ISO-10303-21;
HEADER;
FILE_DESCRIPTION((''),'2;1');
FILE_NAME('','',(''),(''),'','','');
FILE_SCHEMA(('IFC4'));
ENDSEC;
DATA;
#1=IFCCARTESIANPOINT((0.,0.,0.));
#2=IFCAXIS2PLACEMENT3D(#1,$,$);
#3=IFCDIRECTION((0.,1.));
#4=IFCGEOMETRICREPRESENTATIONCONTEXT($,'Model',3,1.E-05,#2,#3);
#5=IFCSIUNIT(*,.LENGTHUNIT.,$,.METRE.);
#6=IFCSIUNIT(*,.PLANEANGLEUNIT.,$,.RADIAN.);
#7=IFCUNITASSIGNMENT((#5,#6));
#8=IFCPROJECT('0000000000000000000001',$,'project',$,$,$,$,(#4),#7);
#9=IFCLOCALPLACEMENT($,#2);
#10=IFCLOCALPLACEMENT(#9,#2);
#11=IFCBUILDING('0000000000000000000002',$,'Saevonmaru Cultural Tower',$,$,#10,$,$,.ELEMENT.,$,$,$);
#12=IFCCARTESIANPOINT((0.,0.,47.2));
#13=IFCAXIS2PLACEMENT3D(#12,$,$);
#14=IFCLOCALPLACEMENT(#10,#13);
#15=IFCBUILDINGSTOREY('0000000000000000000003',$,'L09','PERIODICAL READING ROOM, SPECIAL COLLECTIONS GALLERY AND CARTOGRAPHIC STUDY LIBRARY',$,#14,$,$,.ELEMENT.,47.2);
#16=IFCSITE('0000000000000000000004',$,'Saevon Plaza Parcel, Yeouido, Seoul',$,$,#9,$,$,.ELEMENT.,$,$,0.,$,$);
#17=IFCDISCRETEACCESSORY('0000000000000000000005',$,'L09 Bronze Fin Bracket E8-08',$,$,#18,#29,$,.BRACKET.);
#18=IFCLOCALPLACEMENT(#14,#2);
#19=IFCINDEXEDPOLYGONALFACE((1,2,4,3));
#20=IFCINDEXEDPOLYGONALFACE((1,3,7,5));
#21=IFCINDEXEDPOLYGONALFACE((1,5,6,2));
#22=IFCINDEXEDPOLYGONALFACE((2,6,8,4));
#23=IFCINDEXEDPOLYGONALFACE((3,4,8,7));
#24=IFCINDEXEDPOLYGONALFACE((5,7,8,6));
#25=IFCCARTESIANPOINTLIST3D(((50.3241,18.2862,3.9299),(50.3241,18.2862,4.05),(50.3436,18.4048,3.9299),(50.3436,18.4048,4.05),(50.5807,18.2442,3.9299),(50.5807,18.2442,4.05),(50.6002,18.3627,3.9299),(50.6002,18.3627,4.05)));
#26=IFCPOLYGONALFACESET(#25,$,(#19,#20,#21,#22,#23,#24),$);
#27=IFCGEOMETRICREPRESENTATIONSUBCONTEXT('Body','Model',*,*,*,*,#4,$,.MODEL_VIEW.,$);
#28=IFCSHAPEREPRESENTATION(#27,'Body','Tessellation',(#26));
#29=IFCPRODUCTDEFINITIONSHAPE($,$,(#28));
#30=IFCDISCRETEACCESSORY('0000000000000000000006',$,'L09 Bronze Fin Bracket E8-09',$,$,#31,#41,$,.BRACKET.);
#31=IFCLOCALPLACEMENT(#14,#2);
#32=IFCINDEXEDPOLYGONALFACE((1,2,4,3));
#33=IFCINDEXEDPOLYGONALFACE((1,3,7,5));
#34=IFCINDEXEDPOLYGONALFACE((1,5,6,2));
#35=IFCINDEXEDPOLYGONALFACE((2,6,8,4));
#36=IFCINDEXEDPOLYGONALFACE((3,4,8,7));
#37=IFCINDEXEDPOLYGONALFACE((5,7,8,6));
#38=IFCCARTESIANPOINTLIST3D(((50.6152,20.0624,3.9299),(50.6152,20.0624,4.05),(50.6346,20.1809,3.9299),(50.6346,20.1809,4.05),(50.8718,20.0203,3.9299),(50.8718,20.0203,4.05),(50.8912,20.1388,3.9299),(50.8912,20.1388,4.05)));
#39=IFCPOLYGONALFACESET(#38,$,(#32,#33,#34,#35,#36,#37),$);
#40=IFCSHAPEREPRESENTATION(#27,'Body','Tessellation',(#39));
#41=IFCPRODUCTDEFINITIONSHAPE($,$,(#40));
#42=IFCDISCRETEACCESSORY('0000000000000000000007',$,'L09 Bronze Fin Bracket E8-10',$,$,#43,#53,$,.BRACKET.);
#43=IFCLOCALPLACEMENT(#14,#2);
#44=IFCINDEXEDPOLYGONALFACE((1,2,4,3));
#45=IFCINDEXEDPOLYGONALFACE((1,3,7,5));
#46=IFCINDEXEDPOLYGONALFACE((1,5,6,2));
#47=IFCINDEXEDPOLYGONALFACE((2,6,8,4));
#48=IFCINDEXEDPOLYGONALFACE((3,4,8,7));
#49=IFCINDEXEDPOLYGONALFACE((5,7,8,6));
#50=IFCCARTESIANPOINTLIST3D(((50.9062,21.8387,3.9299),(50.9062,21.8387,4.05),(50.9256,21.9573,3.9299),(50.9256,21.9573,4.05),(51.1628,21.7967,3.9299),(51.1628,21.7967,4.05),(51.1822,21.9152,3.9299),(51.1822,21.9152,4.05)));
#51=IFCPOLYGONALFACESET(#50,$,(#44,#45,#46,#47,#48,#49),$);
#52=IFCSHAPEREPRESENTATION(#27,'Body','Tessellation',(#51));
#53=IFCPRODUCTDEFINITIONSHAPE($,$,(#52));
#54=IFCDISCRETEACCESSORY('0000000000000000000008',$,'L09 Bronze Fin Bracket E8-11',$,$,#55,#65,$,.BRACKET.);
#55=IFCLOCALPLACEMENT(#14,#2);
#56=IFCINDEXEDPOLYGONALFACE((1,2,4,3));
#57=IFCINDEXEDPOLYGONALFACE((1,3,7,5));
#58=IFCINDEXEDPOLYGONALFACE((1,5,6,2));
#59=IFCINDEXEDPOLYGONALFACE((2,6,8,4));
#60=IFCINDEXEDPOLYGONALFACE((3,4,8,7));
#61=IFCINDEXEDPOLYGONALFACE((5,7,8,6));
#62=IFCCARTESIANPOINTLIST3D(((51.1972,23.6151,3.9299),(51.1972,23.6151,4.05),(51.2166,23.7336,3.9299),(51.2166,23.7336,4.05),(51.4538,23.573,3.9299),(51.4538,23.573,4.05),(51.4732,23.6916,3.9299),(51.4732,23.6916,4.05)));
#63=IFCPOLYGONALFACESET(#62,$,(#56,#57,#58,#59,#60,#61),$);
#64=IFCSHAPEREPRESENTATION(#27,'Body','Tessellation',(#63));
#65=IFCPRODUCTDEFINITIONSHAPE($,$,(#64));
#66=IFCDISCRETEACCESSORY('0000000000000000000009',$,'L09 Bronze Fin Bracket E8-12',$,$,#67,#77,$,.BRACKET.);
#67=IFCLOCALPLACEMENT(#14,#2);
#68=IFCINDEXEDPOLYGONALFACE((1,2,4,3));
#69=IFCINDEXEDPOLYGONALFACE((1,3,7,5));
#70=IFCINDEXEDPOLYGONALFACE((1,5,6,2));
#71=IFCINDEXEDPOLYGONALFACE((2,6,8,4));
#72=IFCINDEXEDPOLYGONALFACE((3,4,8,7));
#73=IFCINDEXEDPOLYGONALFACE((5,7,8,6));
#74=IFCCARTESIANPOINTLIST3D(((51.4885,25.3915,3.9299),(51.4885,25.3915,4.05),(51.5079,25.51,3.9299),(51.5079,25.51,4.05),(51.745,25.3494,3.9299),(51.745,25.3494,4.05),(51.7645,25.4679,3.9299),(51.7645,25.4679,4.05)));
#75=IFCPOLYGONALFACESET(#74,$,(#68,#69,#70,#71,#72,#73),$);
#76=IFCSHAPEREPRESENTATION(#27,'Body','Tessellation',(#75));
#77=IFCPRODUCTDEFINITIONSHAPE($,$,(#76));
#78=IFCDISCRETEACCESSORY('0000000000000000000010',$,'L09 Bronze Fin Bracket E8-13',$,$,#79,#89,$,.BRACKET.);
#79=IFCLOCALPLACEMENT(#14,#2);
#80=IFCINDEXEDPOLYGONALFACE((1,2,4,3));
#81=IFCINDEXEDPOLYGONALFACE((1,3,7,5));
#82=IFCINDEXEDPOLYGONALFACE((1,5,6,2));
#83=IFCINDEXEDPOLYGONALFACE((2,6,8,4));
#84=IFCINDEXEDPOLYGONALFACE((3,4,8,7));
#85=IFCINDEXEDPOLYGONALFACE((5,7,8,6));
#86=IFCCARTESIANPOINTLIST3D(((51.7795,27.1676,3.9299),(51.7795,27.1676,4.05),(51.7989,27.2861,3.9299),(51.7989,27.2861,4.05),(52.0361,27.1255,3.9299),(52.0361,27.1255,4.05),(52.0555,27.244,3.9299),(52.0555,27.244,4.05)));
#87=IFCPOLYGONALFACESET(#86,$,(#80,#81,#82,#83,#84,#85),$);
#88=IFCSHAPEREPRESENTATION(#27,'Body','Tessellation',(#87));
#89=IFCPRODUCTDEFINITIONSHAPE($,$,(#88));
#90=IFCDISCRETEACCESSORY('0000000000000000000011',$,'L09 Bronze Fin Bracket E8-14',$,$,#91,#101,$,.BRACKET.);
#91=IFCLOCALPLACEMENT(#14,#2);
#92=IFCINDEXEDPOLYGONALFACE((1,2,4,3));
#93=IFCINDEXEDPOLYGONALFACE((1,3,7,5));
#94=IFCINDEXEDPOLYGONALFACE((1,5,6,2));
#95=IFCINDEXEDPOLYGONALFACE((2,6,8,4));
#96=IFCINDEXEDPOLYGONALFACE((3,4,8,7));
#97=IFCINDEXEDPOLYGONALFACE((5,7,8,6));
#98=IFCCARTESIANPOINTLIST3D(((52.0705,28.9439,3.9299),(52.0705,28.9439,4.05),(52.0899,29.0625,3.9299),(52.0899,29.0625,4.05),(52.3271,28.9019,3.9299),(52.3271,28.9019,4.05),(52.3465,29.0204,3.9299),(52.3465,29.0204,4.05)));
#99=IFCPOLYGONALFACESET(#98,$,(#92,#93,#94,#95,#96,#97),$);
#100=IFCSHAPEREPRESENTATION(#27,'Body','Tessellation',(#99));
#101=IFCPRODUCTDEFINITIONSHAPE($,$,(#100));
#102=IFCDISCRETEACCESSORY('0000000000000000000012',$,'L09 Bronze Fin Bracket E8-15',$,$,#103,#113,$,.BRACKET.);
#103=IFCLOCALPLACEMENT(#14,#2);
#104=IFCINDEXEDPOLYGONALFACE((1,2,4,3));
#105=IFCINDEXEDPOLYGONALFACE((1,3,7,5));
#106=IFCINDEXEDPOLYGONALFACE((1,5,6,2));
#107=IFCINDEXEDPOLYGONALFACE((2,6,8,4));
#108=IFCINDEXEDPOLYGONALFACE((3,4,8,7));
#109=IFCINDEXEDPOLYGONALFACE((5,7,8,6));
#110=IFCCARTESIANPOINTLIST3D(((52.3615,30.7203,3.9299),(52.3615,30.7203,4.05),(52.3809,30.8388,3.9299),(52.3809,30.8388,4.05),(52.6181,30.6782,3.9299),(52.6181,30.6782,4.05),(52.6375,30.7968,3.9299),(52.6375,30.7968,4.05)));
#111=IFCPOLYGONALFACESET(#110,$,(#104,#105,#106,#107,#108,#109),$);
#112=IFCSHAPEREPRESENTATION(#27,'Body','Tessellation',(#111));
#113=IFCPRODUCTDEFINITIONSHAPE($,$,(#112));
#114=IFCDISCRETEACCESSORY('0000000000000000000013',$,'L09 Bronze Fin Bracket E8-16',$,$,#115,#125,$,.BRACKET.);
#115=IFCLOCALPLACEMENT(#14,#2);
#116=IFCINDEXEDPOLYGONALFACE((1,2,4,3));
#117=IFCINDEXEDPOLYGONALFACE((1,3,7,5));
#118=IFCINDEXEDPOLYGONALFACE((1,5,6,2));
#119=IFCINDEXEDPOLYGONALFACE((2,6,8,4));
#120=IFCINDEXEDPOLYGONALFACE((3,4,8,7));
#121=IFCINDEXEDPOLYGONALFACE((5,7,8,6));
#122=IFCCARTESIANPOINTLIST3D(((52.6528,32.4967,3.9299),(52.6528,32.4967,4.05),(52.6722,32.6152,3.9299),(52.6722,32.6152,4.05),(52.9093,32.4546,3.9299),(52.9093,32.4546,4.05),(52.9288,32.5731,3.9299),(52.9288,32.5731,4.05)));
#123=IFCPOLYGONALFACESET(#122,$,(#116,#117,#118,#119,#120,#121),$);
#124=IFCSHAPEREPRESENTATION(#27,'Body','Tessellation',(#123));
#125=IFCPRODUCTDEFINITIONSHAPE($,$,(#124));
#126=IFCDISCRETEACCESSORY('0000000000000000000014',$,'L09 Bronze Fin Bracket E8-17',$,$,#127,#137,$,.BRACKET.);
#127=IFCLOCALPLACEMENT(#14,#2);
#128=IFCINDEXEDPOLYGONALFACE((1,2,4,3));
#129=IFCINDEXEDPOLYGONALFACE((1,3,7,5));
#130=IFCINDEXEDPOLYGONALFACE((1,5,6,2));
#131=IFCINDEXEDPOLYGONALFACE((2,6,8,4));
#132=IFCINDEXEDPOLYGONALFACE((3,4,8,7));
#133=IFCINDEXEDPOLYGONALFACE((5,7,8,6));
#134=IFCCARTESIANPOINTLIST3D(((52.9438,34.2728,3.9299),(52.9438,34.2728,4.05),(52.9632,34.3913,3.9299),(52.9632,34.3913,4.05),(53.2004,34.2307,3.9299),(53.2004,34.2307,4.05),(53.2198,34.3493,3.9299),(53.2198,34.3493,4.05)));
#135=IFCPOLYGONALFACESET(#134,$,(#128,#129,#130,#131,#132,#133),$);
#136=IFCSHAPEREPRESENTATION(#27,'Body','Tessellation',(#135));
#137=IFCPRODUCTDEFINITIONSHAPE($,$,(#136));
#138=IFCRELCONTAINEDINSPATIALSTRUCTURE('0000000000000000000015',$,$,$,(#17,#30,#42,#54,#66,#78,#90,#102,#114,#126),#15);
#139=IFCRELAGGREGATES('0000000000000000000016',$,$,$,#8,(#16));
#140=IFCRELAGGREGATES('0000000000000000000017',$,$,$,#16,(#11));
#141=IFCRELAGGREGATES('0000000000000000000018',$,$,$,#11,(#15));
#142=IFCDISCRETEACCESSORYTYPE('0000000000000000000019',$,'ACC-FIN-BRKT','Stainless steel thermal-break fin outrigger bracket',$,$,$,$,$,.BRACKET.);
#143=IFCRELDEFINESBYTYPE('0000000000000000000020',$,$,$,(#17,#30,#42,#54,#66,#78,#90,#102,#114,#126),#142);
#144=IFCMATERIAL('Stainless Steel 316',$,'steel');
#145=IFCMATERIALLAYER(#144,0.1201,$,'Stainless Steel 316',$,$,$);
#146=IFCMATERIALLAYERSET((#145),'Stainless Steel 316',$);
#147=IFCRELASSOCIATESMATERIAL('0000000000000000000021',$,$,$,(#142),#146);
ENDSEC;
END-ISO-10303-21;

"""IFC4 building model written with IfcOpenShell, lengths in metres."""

from ifc_helpers import new_model, si_unit, direction, frame, origin, origin_2d, place, context, subcontext, project, spatial, rectangle, extrude, material, layer, layer_set, type_object, element, save


model = new_model("IFC4")

# Units and contexts
model_context = context("Model", 3, precision=1e-05, world=origin(), true_north=direction((0.0, 1.0)))
body_context = subcontext(model_context, "Body", "Model", "MODEL_VIEW")
ifc_project = project(units=[si_unit("LENGTHUNIT", "METRE"), si_unit("PLANEANGLEUNIT", "RADIAN")], contexts=[model_context])

# Site, building, storey
site_placement = place(None, origin())
site = spatial("IfcSite", under=ifc_project, at=site_placement, Name="Saevon Plaza Parcel, Yeouido, Seoul", CompositionType="ELEMENT", RefElevation=0.0)
building_placement = place(site_placement, origin())
building = spatial("IfcBuilding", under=site, at=building_placement, Name="Saevonmaru Cultural Tower", CompositionType="ELEMENT")
storey_placement = place(building_placement, frame((0.0, 0.0, 47.2)))
storey = spatial("IfcBuildingStorey", under=building, at=storey_placement, Name="L09", Description="PERIODICAL READING ROOM, SPECIAL COLLECTIONS GALLERY AND CARTOGRAPHIC STUDY LIBRARY", CompositionType="ELEMENT", Elevation=47.2)

# Discrete accessories
ifc_material_1 = material(Name="Stainless Steel 316", Category="steel")
ifc_layer_1 = layer(ifc_material_1, 0.1201, Name="Stainless Steel 316")
ifc_layer_set_1 = layer_set([ifc_layer_1], Name="Stainless Steel 316")
discrete_accessory_type = type_object("IfcDiscreteAccessoryType", Name="ACC-FIN-BRKT", Description="Stainless steel thermal-break fin outrigger bracket", PredefinedType="BRACKET", material=ifc_layer_set_1)
for number, where, z_axis, x_axis, name in (
    (1, (50.4622, 18.3245, 3.9299), (0.0, 0.0, 1.0), (0.986827, -0.161776, 0.0), "L09 Bronze Fin Bracket E8-08"),
    (2, (50.7532, 20.1006, 3.9299), (0.0, 0.0, 1.0), (0.986827, -0.161776, 0.0), "L09 Bronze Fin Bracket E8-09"),
    (3, (51.0442, 21.877, 3.9299), (0.0, 0.0, 1.0), (0.986827, -0.161776, 0.0), "L09 Bronze Fin Bracket E8-10"),
    (4, (51.3352, 23.6533, 3.9299), (0.0, 0.0, 1.0), (0.986827, -0.161776, 0.0), "L09 Bronze Fin Bracket E8-11"),
    (5, (51.6265, 25.4297, 3.9299), (0.0, 0.0, 1.0), (0.986827, -0.161776, 0.0), "L09 Bronze Fin Bracket E8-12"),
    (6, (51.9175, 27.2058, 3.9299), (0.0, 0.0, 1.0), (0.986827, -0.161776, 0.0), "L09 Bronze Fin Bracket E8-13"),
    (7, (52.2085, 28.9822, 3.9299), (0.0, 0.0, 1.0), (0.986827, -0.161776, 0.0), "L09 Bronze Fin Bracket E8-14"),
    (8, (52.4995, 30.7585, 3.9299), (0.0, 0.0, 1.0), (0.986827, -0.161776, 0.0), "L09 Bronze Fin Bracket E8-15"),
    (9, (52.7908, 32.5349, 3.9299), (0.0, 0.0, 1.0), (0.986827, -0.161776, 0.0), "L09 Bronze Fin Bracket E8-16"),
    (10, (53.0818, 34.311, 3.9299), (0.0, 0.0, 1.0), (0.986827, -0.161776, 0.0), "L09 Bronze Fin Bracket E8-17"),
):
    element("IfcDiscreteAccessory", number, at=place(storey_placement, frame(where, z_axis=z_axis, x_axis=x_axis)), inside=storey, type_object=discrete_accessory_type, Name=name, PredefinedType="BRACKET", context=body_context, shape_type="SweptSolid", body=[
        extrude(rectangle(XDim=0.26, YDim=0.1201, at=origin_2d()), origin(), (0.0, 0.0, 1.0), 0.1201),
    ])

save(model, "model.ifc")
